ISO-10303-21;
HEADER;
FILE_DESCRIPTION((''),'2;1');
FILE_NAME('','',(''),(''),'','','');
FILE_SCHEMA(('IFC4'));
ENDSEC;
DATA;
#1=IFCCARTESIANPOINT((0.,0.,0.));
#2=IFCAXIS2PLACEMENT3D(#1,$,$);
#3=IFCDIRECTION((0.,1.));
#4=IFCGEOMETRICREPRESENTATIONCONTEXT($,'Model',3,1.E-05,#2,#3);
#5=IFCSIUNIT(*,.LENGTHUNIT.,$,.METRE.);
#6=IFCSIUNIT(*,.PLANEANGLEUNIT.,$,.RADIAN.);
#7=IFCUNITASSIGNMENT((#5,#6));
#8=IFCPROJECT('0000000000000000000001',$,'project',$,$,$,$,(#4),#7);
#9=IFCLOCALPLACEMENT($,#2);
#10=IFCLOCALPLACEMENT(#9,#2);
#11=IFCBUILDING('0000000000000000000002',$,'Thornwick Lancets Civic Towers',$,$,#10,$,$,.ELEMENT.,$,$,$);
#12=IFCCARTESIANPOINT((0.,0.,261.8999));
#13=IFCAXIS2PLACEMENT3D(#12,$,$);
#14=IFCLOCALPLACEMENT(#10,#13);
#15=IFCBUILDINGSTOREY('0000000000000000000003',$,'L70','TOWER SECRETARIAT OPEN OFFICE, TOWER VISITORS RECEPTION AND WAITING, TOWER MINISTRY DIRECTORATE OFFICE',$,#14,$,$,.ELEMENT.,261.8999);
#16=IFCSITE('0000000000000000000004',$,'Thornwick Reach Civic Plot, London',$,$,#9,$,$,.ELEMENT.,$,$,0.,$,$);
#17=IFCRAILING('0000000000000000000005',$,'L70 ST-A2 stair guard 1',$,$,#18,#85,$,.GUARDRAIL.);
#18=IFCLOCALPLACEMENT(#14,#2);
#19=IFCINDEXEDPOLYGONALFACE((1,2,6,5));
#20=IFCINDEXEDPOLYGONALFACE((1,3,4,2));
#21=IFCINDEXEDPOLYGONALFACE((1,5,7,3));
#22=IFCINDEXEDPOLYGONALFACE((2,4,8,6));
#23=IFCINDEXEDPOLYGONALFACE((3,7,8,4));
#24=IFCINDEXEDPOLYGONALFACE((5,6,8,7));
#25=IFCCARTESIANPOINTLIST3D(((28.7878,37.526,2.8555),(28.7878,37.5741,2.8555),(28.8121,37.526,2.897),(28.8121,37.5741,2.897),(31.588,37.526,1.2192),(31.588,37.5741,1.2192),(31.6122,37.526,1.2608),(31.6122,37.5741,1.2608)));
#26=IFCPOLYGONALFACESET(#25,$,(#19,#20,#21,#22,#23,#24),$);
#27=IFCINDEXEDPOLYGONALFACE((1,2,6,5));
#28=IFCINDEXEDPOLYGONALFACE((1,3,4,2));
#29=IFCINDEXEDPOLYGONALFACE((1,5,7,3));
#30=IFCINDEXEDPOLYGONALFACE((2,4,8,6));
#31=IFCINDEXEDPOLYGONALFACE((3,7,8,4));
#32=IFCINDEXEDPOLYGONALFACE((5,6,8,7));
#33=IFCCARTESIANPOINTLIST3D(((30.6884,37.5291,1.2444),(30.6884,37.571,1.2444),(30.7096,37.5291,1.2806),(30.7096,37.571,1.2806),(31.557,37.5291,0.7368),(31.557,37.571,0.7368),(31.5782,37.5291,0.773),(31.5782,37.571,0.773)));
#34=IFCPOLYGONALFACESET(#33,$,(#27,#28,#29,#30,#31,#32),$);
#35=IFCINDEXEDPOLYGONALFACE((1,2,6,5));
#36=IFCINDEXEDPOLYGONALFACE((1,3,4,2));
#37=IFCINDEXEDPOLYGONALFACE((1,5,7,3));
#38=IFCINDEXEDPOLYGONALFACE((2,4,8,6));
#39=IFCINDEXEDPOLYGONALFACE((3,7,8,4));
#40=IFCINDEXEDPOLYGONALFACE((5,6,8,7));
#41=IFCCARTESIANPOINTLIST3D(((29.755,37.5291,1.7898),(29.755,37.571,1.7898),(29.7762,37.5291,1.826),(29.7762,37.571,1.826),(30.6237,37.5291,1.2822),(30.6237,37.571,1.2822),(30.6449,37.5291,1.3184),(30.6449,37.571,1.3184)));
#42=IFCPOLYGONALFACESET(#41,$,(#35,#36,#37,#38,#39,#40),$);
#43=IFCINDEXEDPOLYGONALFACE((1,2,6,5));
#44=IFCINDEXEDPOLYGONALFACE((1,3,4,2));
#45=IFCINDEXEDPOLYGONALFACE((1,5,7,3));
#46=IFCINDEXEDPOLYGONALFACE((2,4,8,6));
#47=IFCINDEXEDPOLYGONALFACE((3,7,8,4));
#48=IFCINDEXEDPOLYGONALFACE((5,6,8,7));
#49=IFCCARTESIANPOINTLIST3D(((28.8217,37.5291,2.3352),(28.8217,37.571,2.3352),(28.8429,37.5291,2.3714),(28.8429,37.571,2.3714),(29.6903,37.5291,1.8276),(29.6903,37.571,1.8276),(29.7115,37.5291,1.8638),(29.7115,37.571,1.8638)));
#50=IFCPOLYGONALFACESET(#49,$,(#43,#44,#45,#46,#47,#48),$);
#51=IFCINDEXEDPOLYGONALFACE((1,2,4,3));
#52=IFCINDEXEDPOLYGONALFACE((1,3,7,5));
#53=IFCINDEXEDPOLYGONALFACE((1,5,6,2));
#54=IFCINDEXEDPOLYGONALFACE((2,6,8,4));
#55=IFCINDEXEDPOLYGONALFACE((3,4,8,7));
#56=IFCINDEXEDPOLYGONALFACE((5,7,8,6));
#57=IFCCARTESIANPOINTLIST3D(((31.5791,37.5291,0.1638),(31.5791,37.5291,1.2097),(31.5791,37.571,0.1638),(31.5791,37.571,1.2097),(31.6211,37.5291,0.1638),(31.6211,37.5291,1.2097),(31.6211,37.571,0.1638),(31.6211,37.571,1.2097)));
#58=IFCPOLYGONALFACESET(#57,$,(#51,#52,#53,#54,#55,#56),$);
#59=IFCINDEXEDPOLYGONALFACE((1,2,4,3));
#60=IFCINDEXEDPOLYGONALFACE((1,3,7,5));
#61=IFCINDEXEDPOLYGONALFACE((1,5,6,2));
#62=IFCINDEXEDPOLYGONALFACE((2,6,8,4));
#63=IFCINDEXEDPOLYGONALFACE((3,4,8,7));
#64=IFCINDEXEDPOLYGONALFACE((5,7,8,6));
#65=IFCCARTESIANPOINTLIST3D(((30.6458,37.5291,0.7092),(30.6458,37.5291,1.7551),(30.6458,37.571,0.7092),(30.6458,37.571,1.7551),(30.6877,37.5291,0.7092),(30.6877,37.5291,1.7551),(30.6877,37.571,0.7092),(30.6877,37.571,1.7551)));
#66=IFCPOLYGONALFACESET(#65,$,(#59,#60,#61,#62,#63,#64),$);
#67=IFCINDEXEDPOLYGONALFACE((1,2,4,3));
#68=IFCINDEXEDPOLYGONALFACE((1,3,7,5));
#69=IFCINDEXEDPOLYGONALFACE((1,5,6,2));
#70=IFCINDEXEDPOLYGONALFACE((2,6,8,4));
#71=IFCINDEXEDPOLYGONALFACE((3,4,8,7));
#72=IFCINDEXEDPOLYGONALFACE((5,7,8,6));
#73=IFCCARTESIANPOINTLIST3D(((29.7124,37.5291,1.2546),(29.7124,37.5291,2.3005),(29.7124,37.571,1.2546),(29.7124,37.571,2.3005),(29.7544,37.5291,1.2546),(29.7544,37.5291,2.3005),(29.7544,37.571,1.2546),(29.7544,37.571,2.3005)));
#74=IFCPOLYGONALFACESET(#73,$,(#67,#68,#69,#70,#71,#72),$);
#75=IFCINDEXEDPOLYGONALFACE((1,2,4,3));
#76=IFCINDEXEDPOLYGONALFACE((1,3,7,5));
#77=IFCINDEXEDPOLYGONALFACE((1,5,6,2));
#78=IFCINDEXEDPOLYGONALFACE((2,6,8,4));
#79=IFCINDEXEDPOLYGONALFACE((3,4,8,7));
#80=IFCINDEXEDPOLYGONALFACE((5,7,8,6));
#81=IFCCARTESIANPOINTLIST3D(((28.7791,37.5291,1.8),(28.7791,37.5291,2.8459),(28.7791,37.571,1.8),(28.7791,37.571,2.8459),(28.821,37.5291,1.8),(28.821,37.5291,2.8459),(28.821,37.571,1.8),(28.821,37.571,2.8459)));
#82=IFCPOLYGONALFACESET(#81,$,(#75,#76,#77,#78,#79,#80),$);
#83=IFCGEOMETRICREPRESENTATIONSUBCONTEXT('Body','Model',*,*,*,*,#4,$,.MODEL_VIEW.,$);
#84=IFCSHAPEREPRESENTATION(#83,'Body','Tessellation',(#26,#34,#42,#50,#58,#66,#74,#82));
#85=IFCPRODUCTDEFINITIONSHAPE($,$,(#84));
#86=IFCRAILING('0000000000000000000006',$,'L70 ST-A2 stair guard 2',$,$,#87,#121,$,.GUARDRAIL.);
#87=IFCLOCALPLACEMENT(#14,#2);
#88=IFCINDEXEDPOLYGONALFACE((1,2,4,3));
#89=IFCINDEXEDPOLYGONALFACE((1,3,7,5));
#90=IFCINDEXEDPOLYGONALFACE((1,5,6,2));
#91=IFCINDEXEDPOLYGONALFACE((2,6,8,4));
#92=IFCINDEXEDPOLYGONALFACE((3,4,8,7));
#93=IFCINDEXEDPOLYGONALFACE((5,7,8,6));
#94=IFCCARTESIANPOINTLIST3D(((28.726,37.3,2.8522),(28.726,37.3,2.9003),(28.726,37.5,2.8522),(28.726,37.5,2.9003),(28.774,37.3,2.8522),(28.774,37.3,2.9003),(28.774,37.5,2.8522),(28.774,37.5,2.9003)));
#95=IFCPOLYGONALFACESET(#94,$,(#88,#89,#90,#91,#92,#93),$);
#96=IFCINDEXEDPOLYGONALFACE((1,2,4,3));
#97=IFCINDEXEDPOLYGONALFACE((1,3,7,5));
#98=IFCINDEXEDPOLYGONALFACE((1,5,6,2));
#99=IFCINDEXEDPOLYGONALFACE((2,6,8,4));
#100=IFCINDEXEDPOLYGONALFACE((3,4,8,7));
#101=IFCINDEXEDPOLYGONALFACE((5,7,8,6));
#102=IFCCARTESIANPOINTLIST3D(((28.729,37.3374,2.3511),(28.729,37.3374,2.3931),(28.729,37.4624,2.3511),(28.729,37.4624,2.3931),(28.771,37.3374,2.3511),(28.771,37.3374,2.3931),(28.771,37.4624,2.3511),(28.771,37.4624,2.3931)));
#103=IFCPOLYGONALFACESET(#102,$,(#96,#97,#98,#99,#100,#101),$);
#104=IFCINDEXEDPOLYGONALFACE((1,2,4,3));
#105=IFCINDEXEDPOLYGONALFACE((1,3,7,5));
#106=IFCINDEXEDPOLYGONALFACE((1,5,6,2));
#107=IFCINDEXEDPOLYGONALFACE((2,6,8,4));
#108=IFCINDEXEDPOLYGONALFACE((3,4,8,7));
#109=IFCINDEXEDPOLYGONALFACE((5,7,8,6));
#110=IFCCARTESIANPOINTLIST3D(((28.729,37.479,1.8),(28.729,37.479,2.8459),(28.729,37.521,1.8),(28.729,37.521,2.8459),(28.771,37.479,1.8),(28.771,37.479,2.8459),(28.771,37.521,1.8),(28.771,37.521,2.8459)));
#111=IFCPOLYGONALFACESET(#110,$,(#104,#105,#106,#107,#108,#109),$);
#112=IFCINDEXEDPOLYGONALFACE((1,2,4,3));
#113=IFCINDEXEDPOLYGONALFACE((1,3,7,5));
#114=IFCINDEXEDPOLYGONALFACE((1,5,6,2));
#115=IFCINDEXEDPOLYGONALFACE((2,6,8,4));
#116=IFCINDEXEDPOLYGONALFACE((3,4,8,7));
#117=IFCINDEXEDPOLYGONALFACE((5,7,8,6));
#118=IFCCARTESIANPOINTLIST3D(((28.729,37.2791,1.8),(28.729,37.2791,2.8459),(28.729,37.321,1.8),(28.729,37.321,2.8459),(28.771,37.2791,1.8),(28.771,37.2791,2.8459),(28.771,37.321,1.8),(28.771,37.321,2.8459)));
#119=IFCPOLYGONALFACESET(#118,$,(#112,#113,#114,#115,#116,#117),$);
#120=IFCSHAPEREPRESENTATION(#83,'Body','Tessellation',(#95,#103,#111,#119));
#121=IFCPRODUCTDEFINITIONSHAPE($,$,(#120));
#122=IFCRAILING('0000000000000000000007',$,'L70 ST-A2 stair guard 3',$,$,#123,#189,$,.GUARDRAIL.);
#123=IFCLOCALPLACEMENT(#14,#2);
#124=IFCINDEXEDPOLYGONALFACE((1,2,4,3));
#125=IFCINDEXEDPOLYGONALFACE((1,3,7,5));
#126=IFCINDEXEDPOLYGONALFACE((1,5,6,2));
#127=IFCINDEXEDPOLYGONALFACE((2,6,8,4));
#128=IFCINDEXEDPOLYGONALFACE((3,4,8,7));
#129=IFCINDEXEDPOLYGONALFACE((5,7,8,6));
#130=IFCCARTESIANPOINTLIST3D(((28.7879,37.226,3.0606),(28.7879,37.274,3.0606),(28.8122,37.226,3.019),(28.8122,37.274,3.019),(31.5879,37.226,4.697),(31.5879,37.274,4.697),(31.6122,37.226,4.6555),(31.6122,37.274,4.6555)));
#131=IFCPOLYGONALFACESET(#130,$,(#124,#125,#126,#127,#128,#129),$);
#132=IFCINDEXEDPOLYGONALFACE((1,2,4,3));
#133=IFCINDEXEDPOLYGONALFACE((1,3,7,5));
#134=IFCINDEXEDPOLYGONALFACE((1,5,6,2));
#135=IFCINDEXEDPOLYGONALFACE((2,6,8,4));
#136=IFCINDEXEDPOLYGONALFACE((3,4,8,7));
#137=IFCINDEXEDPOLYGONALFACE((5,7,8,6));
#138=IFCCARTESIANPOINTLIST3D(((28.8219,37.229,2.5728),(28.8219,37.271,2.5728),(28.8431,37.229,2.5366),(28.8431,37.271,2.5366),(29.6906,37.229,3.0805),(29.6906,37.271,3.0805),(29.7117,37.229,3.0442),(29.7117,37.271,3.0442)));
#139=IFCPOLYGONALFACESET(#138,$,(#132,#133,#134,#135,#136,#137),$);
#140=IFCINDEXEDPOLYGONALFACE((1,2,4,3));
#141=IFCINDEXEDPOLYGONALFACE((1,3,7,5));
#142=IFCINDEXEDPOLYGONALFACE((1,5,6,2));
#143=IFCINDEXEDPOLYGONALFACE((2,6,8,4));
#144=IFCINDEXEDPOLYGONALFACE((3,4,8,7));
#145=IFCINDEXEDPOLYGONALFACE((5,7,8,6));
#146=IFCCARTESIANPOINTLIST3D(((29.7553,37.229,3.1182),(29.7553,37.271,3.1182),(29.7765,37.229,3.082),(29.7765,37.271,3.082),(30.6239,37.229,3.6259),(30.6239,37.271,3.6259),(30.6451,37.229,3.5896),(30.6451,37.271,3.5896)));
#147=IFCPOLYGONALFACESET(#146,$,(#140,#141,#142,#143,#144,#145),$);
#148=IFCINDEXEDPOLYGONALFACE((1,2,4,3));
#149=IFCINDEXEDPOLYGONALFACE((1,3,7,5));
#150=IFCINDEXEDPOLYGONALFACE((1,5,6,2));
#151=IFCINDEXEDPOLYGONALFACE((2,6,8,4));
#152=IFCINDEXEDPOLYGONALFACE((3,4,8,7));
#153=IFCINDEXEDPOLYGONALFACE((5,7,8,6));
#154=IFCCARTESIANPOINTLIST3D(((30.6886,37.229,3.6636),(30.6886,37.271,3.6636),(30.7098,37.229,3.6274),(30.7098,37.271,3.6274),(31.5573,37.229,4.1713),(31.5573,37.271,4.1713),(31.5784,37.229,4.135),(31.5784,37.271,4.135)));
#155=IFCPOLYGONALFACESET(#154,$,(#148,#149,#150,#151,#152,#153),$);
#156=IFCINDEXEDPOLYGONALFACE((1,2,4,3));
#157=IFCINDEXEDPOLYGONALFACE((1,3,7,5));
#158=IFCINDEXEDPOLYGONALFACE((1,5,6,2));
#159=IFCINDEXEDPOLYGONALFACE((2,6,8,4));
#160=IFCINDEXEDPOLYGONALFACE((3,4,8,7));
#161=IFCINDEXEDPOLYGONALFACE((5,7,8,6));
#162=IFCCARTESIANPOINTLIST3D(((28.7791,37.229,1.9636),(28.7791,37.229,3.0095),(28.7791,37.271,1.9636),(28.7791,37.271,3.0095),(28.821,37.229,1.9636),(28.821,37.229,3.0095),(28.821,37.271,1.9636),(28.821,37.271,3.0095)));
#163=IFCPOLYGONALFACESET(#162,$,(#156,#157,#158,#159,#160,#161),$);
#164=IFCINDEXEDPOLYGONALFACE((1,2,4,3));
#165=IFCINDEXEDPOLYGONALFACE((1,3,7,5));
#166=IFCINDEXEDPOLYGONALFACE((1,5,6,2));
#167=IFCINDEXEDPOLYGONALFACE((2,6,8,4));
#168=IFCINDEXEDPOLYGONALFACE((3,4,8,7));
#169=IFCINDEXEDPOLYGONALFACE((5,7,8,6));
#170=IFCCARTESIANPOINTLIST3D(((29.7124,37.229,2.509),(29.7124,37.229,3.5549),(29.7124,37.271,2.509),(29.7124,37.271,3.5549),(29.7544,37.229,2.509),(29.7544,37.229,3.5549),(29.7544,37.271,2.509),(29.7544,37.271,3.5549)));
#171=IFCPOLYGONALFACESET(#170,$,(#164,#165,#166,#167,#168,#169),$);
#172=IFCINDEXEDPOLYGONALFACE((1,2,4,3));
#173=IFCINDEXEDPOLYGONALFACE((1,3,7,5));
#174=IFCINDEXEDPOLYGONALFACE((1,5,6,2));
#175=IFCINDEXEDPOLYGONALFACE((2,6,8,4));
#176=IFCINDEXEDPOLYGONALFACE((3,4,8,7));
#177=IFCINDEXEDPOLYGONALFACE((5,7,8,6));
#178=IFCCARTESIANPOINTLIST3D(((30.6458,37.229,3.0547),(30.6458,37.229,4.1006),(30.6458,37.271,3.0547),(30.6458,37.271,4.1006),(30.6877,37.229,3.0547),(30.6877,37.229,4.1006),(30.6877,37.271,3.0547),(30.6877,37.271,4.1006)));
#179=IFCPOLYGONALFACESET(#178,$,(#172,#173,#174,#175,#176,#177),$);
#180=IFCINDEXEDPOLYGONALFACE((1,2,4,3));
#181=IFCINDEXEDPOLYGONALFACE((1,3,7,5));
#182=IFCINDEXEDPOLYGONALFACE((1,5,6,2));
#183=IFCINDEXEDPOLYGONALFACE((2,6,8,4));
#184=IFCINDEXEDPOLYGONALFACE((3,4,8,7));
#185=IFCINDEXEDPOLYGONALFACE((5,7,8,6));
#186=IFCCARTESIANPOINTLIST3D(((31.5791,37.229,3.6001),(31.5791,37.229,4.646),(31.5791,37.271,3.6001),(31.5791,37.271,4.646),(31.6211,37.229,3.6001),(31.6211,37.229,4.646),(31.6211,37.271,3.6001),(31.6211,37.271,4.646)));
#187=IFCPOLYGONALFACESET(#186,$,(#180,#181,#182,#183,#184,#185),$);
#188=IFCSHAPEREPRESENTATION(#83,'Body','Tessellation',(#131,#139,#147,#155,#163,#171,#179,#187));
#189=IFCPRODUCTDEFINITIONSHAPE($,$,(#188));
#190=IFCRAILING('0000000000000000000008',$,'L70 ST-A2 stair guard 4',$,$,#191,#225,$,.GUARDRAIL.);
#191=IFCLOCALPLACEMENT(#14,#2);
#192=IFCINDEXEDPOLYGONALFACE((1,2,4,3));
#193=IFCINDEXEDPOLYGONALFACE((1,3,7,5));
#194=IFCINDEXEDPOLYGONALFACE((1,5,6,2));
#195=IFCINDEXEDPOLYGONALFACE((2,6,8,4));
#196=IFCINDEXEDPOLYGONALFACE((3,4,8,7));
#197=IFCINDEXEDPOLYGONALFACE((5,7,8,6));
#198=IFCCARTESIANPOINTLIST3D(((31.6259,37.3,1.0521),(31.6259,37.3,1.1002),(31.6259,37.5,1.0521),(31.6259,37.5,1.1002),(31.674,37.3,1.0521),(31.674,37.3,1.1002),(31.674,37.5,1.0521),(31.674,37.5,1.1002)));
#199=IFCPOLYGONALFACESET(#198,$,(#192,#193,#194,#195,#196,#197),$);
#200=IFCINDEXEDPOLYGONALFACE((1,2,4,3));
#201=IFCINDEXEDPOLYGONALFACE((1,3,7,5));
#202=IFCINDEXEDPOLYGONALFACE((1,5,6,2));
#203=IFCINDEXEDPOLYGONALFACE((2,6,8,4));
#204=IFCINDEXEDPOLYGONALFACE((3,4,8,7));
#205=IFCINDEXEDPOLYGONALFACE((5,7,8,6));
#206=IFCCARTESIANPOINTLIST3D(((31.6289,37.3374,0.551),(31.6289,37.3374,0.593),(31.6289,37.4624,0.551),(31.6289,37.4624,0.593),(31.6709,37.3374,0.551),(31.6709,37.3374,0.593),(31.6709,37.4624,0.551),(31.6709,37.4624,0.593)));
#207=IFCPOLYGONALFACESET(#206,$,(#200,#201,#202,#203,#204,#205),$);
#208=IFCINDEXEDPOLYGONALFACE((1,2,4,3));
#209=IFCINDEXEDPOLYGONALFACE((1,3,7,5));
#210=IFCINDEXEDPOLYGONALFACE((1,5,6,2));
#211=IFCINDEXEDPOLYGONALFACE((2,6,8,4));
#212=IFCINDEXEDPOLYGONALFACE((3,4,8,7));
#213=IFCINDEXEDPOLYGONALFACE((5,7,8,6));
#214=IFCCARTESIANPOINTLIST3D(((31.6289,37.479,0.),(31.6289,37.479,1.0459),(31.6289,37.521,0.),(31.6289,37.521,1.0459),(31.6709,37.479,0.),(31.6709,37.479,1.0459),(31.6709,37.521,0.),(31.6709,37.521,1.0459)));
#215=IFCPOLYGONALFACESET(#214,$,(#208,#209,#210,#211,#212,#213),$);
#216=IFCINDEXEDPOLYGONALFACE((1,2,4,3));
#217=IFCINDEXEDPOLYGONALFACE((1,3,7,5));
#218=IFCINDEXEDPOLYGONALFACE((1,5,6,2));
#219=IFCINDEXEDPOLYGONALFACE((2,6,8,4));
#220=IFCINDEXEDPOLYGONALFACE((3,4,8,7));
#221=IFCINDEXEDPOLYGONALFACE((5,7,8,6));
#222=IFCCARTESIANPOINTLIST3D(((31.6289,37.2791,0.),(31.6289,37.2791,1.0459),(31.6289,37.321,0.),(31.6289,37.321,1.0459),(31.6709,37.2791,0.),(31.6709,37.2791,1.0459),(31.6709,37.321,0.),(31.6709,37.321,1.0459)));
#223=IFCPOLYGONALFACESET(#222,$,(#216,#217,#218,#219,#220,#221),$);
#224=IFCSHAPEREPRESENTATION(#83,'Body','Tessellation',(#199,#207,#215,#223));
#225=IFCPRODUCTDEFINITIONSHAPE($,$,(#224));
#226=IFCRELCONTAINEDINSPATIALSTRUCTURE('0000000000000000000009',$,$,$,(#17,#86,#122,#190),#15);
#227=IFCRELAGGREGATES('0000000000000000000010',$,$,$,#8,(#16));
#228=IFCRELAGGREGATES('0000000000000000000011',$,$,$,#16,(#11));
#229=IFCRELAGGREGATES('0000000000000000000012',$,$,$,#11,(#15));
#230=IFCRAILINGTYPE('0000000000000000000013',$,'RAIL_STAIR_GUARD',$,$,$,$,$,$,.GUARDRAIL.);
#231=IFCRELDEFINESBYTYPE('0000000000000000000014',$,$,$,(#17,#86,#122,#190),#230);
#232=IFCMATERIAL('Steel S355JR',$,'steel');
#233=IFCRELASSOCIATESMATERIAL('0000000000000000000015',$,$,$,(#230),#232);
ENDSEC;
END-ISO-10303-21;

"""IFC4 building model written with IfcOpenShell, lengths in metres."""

from ifc_helpers import new_model, si_unit, direction, frame, origin, origin_2d, place, context, subcontext, project, spatial, rectangle, extrude, material, type_object, element, save


model = new_model("IFC4")

# Units and contexts
model_context = context("Model", 3, precision=1e-05, world=origin(), true_north=direction((0.0, 1.0)))
body_context = subcontext(model_context, "Body", "Model", "MODEL_VIEW")
ifc_project = project(units=[si_unit("LENGTHUNIT", "METRE"), si_unit("PLANEANGLEUNIT", "RADIAN")], contexts=[model_context])

# Site, building, storey
site_placement = place(None, origin())
site = spatial("IfcSite", under=ifc_project, at=site_placement, Name="Thornwick Reach Civic Plot, London", CompositionType="ELEMENT", RefElevation=0.0)
building_placement = place(site_placement, origin())
building = spatial("IfcBuilding", under=site, at=building_placement, Name="Thornwick Lancets Civic Towers", CompositionType="ELEMENT")
storey_placement = place(building_placement, frame((0.0, 0.0, 261.8999)))
storey = spatial("IfcBuildingStorey", under=building, at=storey_placement, Name="L70", Description="TOWER SECRETARIAT OPEN OFFICE, TOWER VISITORS RECEPTION AND WAITING, TOWER MINISTRY DIRECTORATE OFFICE", CompositionType="ELEMENT", Elevation=261.8999)

# Shared definitions
ifc_material_1 = material(Name="Steel S355JR", Category="steel")

# Railings
railing_type_1 = type_object("IfcRailingType", Name="RAIL_STAIR_GUARD", PredefinedType="GUARDRAIL", material=ifc_material_1)
railing_1_placement = place(storey_placement, frame((31.6001, 37.55, 0.1638)))
element("IfcRailing", 1, at=railing_1_placement, inside=storey, type_object=railing_type_1, Name="L70 ST-A2 stair guard 1", PredefinedType="GUARDRAIL", context=body_context, shape_type="SweptSolid", body=[
    extrude(rectangle(XDim=0.0481, YDim=0.0481, at=origin_2d()), frame((0.0, 0.0, 1.0762), z_axis=(-0.863394, 0.0, 0.504531), x_axis=(0.0, -1.0, 0.0)), (0.0, 0.0, 1.0), 3.2432),
    extrude(rectangle(XDim=0.042, YDim=0.042, at=origin_2d()), frame((-0.0325, 0.0, 0.5911), z_axis=(-0.863394, 0.0, 0.504531), x_axis=(0.0, -1.0, 0.0)), (0.0, 0.0, 1.0), 1.0061),
    extrude(rectangle(XDim=0.042, YDim=0.042, at=origin_2d()), frame((-0.9658, 0.0, 1.1365), z_axis=(-0.863394, 0.0, 0.504531), x_axis=(0.0, -1.0, 0.0)), (0.0, 0.0, 1.0), 1.0061),
    extrude(rectangle(XDim=0.042, YDim=0.042, at=origin_2d()), frame((-1.8992, 0.0, 1.6819), z_axis=(-0.863394, 0.0, 0.504531), x_axis=(0.0, -1.0, 0.0)), (0.0, 0.0, 1.0), 1.0061),
    extrude(rectangle(XDim=0.042, YDim=0.042, at=origin_2d()), origin(), (0.0, 0.0, 1.0), 1.0459),
    extrude(rectangle(XDim=0.042, YDim=0.042, at=origin_2d()), frame((-0.9333, 0.0, 0.5454)), (0.0, 0.0, 1.0), 1.0459),
    extrude(rectangle(XDim=0.042, YDim=0.042, at=origin_2d()), frame((-1.8667, 0.0, 1.0908)), (0.0, 0.0, 1.0), 1.0459),
    extrude(rectangle(XDim=0.042, YDim=0.042, at=origin_2d()), frame((-2.8, 0.0, 1.6362)), (0.0, 0.0, 1.0), 1.0459),
])
railing_2_placement = place(storey_placement, frame((28.75, 37.5, 1.8)))
element("IfcRailing", 2, at=railing_2_placement, inside=storey, type_object=railing_type_1, Name="L70 ST-A2 stair guard 2", PredefinedType="GUARDRAIL", context=body_context, shape_type="SweptSolid", body=[
    extrude(rectangle(XDim=0.0481, YDim=0.0481, at=origin_2d()), frame((0.0, 0.0, 1.0762), z_axis=(0.0, -1.0, 0.0), x_axis=(1.0, 0.0, 0.0)), (0.0, 0.0, 1.0), 0.2),
    extrude(rectangle(XDim=0.042, YDim=0.042, at=origin_2d()), frame((0.0, -0.0376, 0.572), z_axis=(0.0, -1.0, 0.0), x_axis=(1.0, 0.0, 0.0)), (0.0, 0.0, 1.0), 0.125),
    extrude(rectangle(XDim=0.042, YDim=0.042, at=origin_2d()), origin(), (0.0, 0.0, 1.0), 1.0459),
    extrude(rectangle(XDim=0.042, YDim=0.042, at=origin_2d()), frame((0.0, -0.2, 0.0)), (0.0, 0.0, 1.0), 1.0459),
])
railing_3_placement = place(storey_placement, frame((28.8, 37.25, 1.9636)))
element("IfcRailing", 3, at=railing_3_placement, inside=storey, type_object=railing_type_1, Name="L70 ST-A2 stair guard 3", PredefinedType="GUARDRAIL", context=body_context, shape_type="SweptSolid", body=[
    extrude(rectangle(XDim=0.0481, YDim=0.0481, at=origin_2d()), frame((0.0, 0.0, 1.0762), z_axis=(0.863361, 0.0, 0.504587), x_axis=(0.0, 1.0, 0.0)), (0.0, 0.0, 1.0), 3.2432),
    extrude(rectangle(XDim=0.042, YDim=0.042, at=origin_2d()), frame((0.0325, 0.0, 0.5911), z_axis=(0.863361, 0.0, 0.504587), x_axis=(0.0, 1.0, 0.0)), (0.0, 0.0, 1.0), 1.0061),
    extrude(rectangle(XDim=0.042, YDim=0.042, at=origin_2d()), frame((0.9658, 0.0, 1.1365), z_axis=(0.863361, 0.0, 0.504587), x_axis=(0.0, 1.0, 0.0)), (0.0, 0.0, 1.0), 1.0061),
    extrude(rectangle(XDim=0.042, YDim=0.042, at=origin_2d()), frame((1.8992, 0.0, 1.6819), z_axis=(0.863361, 0.0, 0.504587), x_axis=(0.0, 1.0, 0.0)), (0.0, 0.0, 1.0), 1.0061),
    extrude(rectangle(XDim=0.042, YDim=0.042, at=origin_2d()), origin(), (0.0, 0.0, 1.0), 1.0459),
    extrude(rectangle(XDim=0.042, YDim=0.042, at=origin_2d()), frame((0.9333, 0.0, 0.5454)), (0.0, 0.0, 1.0), 1.0459),
    extrude(rectangle(XDim=0.042, YDim=0.042, at=origin_2d()), frame((1.8667, 0.0, 1.0911)), (0.0, 0.0, 1.0), 1.0459),
    extrude(rectangle(XDim=0.042, YDim=0.042, at=origin_2d()), frame((2.8, 0.0, 1.6365)), (0.0, 0.0, 1.0), 1.0459),
])
railing_4_placement = place(storey_placement, frame((31.6499, 37.5, 0.0)))
element("IfcRailing", 4, at=railing_4_placement, inside=storey, type_object=railing_type_1, Name="L70 ST-A2 stair guard 4", PredefinedType="GUARDRAIL", context=body_context, shape_type="SweptSolid", body=[
    extrude(rectangle(XDim=0.0481, YDim=0.0481, at=origin_2d()), frame((0.0, 0.0, 1.0762), z_axis=(0.0, -1.0, 0.0), x_axis=(1.0, 0.0, 0.0)), (0.0, 0.0, 1.0), 0.2),
    extrude(rectangle(XDim=0.042, YDim=0.042, at=origin_2d()), frame((0.0, -0.0376, 0.572), z_axis=(0.0, -1.0, 0.0), x_axis=(1.0, 0.0, 0.0)), (0.0, 0.0, 1.0), 0.125),
    extrude(rectangle(XDim=0.042, YDim=0.042, at=origin_2d()), origin(), (0.0, 0.0, 1.0), 1.0459),
    extrude(rectangle(XDim=0.042, YDim=0.042, at=origin_2d()), frame((0.0, -0.2, 0.0)), (0.0, 0.0, 1.0), 1.0459),
])

save(model, "model.ifc")
